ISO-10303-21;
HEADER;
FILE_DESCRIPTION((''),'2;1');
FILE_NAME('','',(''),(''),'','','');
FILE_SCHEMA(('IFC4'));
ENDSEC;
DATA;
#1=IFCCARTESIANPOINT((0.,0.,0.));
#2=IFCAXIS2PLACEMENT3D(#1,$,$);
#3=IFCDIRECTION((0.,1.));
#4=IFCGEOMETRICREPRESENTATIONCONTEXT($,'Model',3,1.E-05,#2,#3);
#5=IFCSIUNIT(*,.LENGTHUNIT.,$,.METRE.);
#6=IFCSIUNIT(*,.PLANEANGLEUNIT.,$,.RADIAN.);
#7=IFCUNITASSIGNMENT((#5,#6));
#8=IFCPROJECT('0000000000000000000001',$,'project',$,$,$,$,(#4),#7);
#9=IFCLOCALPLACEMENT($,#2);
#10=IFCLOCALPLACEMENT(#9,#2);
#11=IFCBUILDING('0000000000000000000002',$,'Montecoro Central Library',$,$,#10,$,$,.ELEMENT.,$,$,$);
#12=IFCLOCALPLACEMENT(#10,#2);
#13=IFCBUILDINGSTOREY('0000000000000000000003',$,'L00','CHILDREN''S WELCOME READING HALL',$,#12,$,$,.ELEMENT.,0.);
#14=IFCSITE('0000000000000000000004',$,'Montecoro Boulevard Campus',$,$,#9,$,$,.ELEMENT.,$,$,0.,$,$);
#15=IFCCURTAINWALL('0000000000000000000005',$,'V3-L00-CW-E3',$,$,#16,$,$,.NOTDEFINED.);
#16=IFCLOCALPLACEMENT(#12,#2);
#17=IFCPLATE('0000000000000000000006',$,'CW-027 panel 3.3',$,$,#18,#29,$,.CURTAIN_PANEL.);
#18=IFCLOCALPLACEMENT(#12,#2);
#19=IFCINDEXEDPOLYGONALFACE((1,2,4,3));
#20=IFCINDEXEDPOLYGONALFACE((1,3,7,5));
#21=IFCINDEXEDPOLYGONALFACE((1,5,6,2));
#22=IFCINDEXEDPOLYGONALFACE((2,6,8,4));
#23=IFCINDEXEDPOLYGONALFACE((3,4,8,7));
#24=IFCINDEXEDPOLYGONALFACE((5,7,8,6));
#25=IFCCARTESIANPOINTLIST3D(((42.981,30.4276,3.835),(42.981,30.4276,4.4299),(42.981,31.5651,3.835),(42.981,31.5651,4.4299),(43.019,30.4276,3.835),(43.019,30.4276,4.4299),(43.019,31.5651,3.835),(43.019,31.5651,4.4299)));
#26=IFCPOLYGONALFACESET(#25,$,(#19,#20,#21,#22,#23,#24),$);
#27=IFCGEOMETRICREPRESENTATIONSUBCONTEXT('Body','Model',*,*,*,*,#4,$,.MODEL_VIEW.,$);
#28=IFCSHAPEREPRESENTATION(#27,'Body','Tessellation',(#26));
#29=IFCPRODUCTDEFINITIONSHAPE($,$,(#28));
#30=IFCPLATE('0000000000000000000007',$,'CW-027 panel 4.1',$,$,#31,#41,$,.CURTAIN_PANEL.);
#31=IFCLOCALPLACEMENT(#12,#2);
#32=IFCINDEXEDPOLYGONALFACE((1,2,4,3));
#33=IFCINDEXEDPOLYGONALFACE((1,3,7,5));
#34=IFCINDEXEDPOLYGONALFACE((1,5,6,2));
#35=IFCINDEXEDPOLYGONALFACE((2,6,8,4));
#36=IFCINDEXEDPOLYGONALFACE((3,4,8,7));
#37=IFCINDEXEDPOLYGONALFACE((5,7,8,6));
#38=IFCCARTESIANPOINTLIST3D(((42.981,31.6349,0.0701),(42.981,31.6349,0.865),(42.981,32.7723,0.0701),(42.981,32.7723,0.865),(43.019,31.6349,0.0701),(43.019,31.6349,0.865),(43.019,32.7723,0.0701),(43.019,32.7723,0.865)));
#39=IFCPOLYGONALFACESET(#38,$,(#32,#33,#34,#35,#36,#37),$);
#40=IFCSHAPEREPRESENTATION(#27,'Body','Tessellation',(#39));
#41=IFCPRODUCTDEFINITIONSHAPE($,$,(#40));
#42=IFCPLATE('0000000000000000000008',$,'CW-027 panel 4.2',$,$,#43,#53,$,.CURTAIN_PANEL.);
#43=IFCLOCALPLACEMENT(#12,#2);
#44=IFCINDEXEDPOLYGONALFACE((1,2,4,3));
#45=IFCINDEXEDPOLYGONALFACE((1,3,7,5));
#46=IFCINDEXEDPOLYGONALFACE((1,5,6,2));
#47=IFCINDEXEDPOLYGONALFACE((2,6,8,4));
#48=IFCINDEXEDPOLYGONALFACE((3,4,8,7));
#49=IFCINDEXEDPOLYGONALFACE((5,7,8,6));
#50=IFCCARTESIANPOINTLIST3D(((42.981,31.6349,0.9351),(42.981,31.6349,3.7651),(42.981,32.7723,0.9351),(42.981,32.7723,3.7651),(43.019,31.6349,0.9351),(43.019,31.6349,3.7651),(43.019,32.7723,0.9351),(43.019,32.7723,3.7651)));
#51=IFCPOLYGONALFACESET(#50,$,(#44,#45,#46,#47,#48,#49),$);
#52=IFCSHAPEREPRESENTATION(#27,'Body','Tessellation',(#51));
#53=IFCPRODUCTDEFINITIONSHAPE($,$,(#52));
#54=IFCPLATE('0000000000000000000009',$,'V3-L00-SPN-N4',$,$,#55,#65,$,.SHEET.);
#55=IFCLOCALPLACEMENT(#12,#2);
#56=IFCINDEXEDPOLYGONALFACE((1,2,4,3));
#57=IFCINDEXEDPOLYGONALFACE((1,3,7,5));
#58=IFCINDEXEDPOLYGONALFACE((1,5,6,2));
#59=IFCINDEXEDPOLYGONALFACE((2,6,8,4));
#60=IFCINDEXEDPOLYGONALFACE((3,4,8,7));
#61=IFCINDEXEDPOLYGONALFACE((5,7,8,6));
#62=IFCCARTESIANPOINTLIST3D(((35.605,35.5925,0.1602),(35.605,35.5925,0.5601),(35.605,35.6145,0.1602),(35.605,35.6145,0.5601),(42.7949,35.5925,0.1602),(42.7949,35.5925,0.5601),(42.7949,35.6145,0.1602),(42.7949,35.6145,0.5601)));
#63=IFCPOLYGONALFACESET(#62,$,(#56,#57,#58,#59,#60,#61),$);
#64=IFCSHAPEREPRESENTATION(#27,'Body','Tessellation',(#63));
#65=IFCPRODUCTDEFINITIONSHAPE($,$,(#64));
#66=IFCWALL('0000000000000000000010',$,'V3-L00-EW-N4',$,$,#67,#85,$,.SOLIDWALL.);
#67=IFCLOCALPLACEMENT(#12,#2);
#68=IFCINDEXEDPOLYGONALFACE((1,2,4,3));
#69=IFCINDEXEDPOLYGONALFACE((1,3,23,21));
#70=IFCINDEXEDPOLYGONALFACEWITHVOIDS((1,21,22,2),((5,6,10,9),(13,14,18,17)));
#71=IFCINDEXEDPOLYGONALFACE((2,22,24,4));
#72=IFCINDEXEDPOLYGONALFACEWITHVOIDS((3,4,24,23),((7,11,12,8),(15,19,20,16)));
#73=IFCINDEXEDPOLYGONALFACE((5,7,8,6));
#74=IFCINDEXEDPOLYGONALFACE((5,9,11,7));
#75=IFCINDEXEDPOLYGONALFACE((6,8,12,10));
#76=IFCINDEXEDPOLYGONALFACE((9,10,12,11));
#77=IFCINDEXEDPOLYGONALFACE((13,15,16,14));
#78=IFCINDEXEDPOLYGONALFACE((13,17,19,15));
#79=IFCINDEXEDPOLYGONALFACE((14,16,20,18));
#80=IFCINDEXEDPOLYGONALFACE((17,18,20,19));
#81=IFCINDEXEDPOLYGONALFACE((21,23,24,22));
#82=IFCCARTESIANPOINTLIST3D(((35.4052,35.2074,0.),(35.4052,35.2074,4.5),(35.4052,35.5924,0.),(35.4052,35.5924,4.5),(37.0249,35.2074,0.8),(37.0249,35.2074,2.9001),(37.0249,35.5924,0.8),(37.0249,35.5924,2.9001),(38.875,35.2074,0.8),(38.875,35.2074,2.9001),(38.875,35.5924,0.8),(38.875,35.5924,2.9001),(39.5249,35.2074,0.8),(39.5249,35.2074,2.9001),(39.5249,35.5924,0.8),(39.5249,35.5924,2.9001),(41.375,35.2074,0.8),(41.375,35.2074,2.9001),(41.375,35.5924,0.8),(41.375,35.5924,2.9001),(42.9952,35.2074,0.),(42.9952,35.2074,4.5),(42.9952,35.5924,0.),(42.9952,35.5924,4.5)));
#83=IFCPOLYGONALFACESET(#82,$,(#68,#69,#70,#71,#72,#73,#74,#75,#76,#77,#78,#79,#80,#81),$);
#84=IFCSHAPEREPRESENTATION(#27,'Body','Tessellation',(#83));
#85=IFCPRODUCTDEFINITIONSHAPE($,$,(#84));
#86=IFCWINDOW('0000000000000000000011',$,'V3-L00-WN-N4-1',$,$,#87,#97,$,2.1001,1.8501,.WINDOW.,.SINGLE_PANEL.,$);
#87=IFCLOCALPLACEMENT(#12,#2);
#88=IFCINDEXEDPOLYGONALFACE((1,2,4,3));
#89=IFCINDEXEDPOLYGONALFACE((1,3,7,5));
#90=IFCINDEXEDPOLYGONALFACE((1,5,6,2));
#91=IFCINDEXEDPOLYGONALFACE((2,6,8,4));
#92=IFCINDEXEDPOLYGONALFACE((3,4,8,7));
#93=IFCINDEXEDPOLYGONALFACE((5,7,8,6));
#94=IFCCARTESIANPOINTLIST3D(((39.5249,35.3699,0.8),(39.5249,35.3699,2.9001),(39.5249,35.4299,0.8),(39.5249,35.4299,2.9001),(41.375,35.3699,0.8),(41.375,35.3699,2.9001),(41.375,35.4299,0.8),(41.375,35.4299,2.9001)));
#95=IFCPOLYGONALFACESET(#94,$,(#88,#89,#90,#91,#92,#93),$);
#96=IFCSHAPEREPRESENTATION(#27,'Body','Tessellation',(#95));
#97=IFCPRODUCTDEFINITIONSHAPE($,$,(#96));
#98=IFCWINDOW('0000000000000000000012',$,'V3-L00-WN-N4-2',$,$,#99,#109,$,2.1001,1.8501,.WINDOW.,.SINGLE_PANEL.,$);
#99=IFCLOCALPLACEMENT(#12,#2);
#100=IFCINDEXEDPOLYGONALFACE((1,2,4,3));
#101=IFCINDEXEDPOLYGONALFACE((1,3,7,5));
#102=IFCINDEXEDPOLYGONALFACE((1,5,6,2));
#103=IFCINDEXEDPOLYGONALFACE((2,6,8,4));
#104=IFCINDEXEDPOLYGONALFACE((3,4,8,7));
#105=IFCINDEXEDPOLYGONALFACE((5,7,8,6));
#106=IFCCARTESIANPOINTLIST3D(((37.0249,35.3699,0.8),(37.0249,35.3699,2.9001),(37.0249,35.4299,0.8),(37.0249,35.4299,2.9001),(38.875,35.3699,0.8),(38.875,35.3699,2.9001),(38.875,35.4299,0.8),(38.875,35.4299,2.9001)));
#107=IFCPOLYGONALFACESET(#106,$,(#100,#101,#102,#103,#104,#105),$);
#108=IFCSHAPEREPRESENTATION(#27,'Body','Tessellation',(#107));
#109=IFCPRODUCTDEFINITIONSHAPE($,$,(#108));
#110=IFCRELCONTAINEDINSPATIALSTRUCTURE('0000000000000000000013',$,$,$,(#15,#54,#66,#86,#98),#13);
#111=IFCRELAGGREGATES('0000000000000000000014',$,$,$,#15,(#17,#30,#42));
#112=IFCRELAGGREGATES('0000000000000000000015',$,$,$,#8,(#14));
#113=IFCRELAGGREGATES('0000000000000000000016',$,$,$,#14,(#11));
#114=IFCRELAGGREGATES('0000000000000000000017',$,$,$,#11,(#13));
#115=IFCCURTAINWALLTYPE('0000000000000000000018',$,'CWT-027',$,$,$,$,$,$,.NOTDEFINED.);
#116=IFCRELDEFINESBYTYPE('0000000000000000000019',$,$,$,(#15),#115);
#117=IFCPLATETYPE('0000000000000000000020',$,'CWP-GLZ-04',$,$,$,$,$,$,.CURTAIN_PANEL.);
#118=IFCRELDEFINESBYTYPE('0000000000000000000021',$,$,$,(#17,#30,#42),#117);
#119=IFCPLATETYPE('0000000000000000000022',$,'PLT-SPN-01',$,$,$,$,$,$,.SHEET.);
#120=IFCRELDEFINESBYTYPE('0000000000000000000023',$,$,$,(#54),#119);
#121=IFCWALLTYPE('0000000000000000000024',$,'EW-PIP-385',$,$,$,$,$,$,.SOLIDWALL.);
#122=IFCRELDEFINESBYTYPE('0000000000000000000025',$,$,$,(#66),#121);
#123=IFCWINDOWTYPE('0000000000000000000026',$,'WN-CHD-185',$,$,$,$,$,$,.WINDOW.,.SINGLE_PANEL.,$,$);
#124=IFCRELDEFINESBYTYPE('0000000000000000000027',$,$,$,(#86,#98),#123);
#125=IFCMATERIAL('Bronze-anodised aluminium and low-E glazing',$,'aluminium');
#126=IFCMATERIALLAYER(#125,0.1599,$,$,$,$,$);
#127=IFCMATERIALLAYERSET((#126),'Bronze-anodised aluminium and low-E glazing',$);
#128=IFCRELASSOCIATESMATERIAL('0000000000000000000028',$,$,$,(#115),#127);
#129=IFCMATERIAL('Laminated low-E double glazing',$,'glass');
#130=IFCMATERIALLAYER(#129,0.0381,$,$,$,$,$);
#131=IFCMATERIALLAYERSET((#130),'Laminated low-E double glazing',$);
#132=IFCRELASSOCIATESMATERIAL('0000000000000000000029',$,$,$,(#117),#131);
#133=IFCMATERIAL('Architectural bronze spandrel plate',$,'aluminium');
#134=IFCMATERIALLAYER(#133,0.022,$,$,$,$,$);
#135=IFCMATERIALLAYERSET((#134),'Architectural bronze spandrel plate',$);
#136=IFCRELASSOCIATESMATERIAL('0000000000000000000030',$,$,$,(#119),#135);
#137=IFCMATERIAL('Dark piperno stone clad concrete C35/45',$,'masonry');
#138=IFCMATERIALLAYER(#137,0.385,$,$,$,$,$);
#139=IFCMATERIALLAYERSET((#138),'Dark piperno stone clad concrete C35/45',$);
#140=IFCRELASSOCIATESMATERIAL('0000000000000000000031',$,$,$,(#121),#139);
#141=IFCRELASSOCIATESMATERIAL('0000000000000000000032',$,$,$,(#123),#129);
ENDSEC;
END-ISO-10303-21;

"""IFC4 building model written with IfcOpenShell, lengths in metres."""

from ifc_helpers import new_model, si_unit, direction, frame, frame_2d, origin, origin_2d, place, context, subcontext, project, spatial, rectangle, extrude, material, layer, layer_set, type_object, element, fill, aggregate, save


model = new_model("IFC4")

# Units and contexts
model_context = context("Model", 3, precision=1e-05, world=origin(), true_north=direction((0.0, 1.0)))
body_context = subcontext(model_context, "Body", "Model", "MODEL_VIEW")
ifc_project = project(units=[si_unit("LENGTHUNIT", "METRE"), si_unit("PLANEANGLEUNIT", "RADIAN")], contexts=[model_context])

# Site, building, storey
site_placement = place(None, origin())
site = spatial("IfcSite", under=ifc_project, at=site_placement, Name="Montecoro Boulevard Campus", CompositionType="ELEMENT", RefElevation=0.0)
building_placement = place(site_placement, origin())
building = spatial("IfcBuilding", under=site, at=building_placement, Name="Montecoro Central Library", CompositionType="ELEMENT")
storey_placement = place(building_placement, origin())
storey = spatial("IfcBuildingStorey", under=building, at=storey_placement, Name="L00", Description="CHILDREN'S WELCOME READING HALL", CompositionType="ELEMENT", Elevation=0.0)

# Curtain wall, plates
ifc_material_1 = material(Name="Bronze-anodised aluminium and low-E glazing", Category="aluminium")
ifc_layer_1 = layer(ifc_material_1, 0.1599)
ifc_layer_set_1 = layer_set([ifc_layer_1], Name="Bronze-anodised aluminium and low-E glazing")
curtain_wall_type = type_object("IfcCurtainWallType", Name="CWT-027", PredefinedType="NOTDEFINED", material=ifc_layer_set_1)
curtain_wall_placement = place(storey_placement, origin())
curtain_wall = element("IfcCurtainWall", 1, at=curtain_wall_placement, inside=storey, type_object=curtain_wall_type, Name="V3-L00-CW-E3", PredefinedType="NOTDEFINED")
ifc_material_2 = material(Name="Laminated low-E double glazing", Category="glass")
ifc_layer_2 = layer(ifc_material_2, 0.0381)
ifc_layer_set_2 = layer_set([ifc_layer_2], Name="Laminated low-E double glazing")
plate_type_1 = type_object("IfcPlateType", Name="CWP-GLZ-04", PredefinedType="CURTAIN_PANEL", material=ifc_layer_set_2)
plate_1_placement = place(storey_placement, frame((43.0, 30.9963, 3.835), z_axis=(0.0, 0.0, 1.0), x_axis=(0.0, 1.0, 0.0)))
plate_1 = element("IfcPlate", 2, at=plate_1_placement, type_object=plate_type_1, Name="CW-027 panel 3.3", PredefinedType="CURTAIN_PANEL", context=body_context, shape_type="SweptSolid", body=[
    extrude(rectangle(XDim=1.1375, YDim=0.0381, at=origin_2d()), origin(), (0.0, 0.0, 1.0), 0.595),
])
plate_2_placement = place(storey_placement, frame((43.0, 32.2036, 0.0701), z_axis=(0.0, 0.0, 1.0), x_axis=(0.0, 1.0, 0.0)))
plate_2 = element("IfcPlate", 3, at=plate_2_placement, type_object=plate_type_1, Name="CW-027 panel 4.1", PredefinedType="CURTAIN_PANEL", context=body_context, shape_type="SweptSolid", body=[
    extrude(rectangle(XDim=1.1375, YDim=0.0381, at=origin_2d()), origin(), (0.0, 0.0, 1.0), 0.7949),
])
plate_3_placement = place(storey_placement, frame((43.0, 32.2036, 0.9351), z_axis=(0.0, 0.0, 1.0), x_axis=(0.0, 1.0, 0.0)))
plate_3 = element("IfcPlate", 4, at=plate_3_placement, type_object=plate_type_1, Name="CW-027 panel 4.2", PredefinedType="CURTAIN_PANEL", context=body_context, shape_type="SweptSolid", body=[
    extrude(rectangle(XDim=1.1375, YDim=0.0381, at=origin_2d()), origin(), (0.0, 0.0, 1.0), 2.8301),
])
aggregate(curtain_wall, [plate_1, plate_2, plate_3])

# Plate
ifc_material_3 = material(Name="Architectural bronze spandrel plate", Category="aluminium")
ifc_layer_3 = layer(ifc_material_3, 0.022)
ifc_layer_set_3 = layer_set([ifc_layer_3], Name="Architectural bronze spandrel plate")
plate_type_2 = type_object("IfcPlateType", Name="PLT-SPN-01", PredefinedType="SHEET", material=ifc_layer_set_3)
plate_4_placement = place(storey_placement, frame((39.2, 35.6035, 0.1602), z_axis=(0.0, 0.0, 1.0), x_axis=(-1.0, 0.0, 0.0)))
element("IfcPlate", 5, at=plate_4_placement, inside=storey, type_object=plate_type_2, Name="V3-L00-SPN-N4", PredefinedType="SHEET", context=body_context, shape_type="SweptSolid", body=[
    extrude(rectangle(XDim=7.1899, YDim=0.022, at=origin_2d()), origin(), (0.0, 0.0, 1.0), 0.3999),
])

# Wall, openings, windows
ifc_material_4 = material(Name="Dark piperno stone clad concrete C35/45", Category="masonry")
ifc_layer_4 = layer(ifc_material_4, 0.385)
ifc_layer_set_4 = layer_set([ifc_layer_4], Name="Dark piperno stone clad concrete C35/45")
wall_type = type_object("IfcWallType", Name="EW-PIP-385", PredefinedType="SOLIDWALL", material=ifc_layer_set_4)
wall_placement = place(storey_placement, frame((42.9951, 35.3999, 0.0), z_axis=(0.0, 0.0, 1.0), x_axis=(-1.0, 0.0, 0.0)))
wall = element("IfcWall", 6, at=wall_placement, inside=storey, type_object=wall_type, Name="V3-L00-EW-N4", PredefinedType="SOLIDWALL", context=body_context, shape_type="SweptSolid", body=[
    extrude(rectangle(XDim=7.5901, YDim=0.385, at=frame_2d((3.7949, 0.0))), origin(), (0.0, 0.0, 1.0), 4.5),
])
opening_1_placement = place(wall_placement, frame((1.6201, 0.0, 0.8)))
opening_1 = element("IfcOpeningElement", 7, at=opening_1_placement, cuts=wall, PredefinedType="OPENING", context=body_context, shape_type="SweptSolid", body=[
    extrude(rectangle(XDim=1.8501, YDim=2.1001, at=frame_2d((0.925, 1.05))), frame((0.0, 0.2024, 0.0), z_axis=(0.0, -1.0, 0.0), x_axis=(1.0, 0.0, 0.0)), (0.0, 0.0, 1.0), 0.405),
])
opening_2_placement = place(wall_placement, frame((4.1201, 0.0, 0.8)))
opening_2 = element("IfcOpeningElement", 8, at=opening_2_placement, cuts=wall, PredefinedType="OPENING", context=body_context, shape_type="SweptSolid", body=[
    extrude(rectangle(XDim=1.8501, YDim=2.1001, at=frame_2d((0.925, 1.05))), frame((0.0, 0.2024, 0.0), z_axis=(0.0, -1.0, 0.0), x_axis=(1.0, 0.0, 0.0)), (0.0, 0.0, 1.0), 0.405),
])
window_type = type_object("IfcWindowType", Name="WN-CHD-185", PartitioningType="SINGLE_PANEL", PredefinedType="WINDOW", material=ifc_material_2)
window_1_placement = place(opening_1_placement, origin())
window_1 = element("IfcWindow", 9, at=window_1_placement, inside=storey, type_object=window_type, Name="V3-L00-WN-N4-1", OverallHeight=2.1001, OverallWidth=1.8501, PartitioningType="SINGLE_PANEL", PredefinedType="WINDOW", context=body_context, shape_type="SweptSolid", body=[
    extrude(rectangle(XDim=1.8501, YDim=2.1001, at=frame_2d((0.925, 1.05))), frame((0.0, 0.03, 0.0), z_axis=(0.0, -1.0, 0.0), x_axis=(1.0, 0.0, 0.0)), (0.0, 0.0, 1.0), 0.0601),
])
fill(opening_1, window_1)
window_2_placement = place(opening_2_placement, origin())
window_2 = element("IfcWindow", 10, at=window_2_placement, inside=storey, type_object=window_type, Name="V3-L00-WN-N4-2", OverallHeight=2.1001, OverallWidth=1.8501, PartitioningType="SINGLE_PANEL", PredefinedType="WINDOW", context=body_context, shape_type="SweptSolid", body=[
    extrude(rectangle(XDim=1.8501, YDim=2.1001, at=frame_2d((0.925, 1.05))), frame((0.0, 0.03, 0.0), z_axis=(0.0, -1.0, 0.0), x_axis=(1.0, 0.0, 0.0)), (0.0, 0.0, 1.0), 0.0601),
])
fill(opening_2, window_2)

save(model, "model.ifc")
